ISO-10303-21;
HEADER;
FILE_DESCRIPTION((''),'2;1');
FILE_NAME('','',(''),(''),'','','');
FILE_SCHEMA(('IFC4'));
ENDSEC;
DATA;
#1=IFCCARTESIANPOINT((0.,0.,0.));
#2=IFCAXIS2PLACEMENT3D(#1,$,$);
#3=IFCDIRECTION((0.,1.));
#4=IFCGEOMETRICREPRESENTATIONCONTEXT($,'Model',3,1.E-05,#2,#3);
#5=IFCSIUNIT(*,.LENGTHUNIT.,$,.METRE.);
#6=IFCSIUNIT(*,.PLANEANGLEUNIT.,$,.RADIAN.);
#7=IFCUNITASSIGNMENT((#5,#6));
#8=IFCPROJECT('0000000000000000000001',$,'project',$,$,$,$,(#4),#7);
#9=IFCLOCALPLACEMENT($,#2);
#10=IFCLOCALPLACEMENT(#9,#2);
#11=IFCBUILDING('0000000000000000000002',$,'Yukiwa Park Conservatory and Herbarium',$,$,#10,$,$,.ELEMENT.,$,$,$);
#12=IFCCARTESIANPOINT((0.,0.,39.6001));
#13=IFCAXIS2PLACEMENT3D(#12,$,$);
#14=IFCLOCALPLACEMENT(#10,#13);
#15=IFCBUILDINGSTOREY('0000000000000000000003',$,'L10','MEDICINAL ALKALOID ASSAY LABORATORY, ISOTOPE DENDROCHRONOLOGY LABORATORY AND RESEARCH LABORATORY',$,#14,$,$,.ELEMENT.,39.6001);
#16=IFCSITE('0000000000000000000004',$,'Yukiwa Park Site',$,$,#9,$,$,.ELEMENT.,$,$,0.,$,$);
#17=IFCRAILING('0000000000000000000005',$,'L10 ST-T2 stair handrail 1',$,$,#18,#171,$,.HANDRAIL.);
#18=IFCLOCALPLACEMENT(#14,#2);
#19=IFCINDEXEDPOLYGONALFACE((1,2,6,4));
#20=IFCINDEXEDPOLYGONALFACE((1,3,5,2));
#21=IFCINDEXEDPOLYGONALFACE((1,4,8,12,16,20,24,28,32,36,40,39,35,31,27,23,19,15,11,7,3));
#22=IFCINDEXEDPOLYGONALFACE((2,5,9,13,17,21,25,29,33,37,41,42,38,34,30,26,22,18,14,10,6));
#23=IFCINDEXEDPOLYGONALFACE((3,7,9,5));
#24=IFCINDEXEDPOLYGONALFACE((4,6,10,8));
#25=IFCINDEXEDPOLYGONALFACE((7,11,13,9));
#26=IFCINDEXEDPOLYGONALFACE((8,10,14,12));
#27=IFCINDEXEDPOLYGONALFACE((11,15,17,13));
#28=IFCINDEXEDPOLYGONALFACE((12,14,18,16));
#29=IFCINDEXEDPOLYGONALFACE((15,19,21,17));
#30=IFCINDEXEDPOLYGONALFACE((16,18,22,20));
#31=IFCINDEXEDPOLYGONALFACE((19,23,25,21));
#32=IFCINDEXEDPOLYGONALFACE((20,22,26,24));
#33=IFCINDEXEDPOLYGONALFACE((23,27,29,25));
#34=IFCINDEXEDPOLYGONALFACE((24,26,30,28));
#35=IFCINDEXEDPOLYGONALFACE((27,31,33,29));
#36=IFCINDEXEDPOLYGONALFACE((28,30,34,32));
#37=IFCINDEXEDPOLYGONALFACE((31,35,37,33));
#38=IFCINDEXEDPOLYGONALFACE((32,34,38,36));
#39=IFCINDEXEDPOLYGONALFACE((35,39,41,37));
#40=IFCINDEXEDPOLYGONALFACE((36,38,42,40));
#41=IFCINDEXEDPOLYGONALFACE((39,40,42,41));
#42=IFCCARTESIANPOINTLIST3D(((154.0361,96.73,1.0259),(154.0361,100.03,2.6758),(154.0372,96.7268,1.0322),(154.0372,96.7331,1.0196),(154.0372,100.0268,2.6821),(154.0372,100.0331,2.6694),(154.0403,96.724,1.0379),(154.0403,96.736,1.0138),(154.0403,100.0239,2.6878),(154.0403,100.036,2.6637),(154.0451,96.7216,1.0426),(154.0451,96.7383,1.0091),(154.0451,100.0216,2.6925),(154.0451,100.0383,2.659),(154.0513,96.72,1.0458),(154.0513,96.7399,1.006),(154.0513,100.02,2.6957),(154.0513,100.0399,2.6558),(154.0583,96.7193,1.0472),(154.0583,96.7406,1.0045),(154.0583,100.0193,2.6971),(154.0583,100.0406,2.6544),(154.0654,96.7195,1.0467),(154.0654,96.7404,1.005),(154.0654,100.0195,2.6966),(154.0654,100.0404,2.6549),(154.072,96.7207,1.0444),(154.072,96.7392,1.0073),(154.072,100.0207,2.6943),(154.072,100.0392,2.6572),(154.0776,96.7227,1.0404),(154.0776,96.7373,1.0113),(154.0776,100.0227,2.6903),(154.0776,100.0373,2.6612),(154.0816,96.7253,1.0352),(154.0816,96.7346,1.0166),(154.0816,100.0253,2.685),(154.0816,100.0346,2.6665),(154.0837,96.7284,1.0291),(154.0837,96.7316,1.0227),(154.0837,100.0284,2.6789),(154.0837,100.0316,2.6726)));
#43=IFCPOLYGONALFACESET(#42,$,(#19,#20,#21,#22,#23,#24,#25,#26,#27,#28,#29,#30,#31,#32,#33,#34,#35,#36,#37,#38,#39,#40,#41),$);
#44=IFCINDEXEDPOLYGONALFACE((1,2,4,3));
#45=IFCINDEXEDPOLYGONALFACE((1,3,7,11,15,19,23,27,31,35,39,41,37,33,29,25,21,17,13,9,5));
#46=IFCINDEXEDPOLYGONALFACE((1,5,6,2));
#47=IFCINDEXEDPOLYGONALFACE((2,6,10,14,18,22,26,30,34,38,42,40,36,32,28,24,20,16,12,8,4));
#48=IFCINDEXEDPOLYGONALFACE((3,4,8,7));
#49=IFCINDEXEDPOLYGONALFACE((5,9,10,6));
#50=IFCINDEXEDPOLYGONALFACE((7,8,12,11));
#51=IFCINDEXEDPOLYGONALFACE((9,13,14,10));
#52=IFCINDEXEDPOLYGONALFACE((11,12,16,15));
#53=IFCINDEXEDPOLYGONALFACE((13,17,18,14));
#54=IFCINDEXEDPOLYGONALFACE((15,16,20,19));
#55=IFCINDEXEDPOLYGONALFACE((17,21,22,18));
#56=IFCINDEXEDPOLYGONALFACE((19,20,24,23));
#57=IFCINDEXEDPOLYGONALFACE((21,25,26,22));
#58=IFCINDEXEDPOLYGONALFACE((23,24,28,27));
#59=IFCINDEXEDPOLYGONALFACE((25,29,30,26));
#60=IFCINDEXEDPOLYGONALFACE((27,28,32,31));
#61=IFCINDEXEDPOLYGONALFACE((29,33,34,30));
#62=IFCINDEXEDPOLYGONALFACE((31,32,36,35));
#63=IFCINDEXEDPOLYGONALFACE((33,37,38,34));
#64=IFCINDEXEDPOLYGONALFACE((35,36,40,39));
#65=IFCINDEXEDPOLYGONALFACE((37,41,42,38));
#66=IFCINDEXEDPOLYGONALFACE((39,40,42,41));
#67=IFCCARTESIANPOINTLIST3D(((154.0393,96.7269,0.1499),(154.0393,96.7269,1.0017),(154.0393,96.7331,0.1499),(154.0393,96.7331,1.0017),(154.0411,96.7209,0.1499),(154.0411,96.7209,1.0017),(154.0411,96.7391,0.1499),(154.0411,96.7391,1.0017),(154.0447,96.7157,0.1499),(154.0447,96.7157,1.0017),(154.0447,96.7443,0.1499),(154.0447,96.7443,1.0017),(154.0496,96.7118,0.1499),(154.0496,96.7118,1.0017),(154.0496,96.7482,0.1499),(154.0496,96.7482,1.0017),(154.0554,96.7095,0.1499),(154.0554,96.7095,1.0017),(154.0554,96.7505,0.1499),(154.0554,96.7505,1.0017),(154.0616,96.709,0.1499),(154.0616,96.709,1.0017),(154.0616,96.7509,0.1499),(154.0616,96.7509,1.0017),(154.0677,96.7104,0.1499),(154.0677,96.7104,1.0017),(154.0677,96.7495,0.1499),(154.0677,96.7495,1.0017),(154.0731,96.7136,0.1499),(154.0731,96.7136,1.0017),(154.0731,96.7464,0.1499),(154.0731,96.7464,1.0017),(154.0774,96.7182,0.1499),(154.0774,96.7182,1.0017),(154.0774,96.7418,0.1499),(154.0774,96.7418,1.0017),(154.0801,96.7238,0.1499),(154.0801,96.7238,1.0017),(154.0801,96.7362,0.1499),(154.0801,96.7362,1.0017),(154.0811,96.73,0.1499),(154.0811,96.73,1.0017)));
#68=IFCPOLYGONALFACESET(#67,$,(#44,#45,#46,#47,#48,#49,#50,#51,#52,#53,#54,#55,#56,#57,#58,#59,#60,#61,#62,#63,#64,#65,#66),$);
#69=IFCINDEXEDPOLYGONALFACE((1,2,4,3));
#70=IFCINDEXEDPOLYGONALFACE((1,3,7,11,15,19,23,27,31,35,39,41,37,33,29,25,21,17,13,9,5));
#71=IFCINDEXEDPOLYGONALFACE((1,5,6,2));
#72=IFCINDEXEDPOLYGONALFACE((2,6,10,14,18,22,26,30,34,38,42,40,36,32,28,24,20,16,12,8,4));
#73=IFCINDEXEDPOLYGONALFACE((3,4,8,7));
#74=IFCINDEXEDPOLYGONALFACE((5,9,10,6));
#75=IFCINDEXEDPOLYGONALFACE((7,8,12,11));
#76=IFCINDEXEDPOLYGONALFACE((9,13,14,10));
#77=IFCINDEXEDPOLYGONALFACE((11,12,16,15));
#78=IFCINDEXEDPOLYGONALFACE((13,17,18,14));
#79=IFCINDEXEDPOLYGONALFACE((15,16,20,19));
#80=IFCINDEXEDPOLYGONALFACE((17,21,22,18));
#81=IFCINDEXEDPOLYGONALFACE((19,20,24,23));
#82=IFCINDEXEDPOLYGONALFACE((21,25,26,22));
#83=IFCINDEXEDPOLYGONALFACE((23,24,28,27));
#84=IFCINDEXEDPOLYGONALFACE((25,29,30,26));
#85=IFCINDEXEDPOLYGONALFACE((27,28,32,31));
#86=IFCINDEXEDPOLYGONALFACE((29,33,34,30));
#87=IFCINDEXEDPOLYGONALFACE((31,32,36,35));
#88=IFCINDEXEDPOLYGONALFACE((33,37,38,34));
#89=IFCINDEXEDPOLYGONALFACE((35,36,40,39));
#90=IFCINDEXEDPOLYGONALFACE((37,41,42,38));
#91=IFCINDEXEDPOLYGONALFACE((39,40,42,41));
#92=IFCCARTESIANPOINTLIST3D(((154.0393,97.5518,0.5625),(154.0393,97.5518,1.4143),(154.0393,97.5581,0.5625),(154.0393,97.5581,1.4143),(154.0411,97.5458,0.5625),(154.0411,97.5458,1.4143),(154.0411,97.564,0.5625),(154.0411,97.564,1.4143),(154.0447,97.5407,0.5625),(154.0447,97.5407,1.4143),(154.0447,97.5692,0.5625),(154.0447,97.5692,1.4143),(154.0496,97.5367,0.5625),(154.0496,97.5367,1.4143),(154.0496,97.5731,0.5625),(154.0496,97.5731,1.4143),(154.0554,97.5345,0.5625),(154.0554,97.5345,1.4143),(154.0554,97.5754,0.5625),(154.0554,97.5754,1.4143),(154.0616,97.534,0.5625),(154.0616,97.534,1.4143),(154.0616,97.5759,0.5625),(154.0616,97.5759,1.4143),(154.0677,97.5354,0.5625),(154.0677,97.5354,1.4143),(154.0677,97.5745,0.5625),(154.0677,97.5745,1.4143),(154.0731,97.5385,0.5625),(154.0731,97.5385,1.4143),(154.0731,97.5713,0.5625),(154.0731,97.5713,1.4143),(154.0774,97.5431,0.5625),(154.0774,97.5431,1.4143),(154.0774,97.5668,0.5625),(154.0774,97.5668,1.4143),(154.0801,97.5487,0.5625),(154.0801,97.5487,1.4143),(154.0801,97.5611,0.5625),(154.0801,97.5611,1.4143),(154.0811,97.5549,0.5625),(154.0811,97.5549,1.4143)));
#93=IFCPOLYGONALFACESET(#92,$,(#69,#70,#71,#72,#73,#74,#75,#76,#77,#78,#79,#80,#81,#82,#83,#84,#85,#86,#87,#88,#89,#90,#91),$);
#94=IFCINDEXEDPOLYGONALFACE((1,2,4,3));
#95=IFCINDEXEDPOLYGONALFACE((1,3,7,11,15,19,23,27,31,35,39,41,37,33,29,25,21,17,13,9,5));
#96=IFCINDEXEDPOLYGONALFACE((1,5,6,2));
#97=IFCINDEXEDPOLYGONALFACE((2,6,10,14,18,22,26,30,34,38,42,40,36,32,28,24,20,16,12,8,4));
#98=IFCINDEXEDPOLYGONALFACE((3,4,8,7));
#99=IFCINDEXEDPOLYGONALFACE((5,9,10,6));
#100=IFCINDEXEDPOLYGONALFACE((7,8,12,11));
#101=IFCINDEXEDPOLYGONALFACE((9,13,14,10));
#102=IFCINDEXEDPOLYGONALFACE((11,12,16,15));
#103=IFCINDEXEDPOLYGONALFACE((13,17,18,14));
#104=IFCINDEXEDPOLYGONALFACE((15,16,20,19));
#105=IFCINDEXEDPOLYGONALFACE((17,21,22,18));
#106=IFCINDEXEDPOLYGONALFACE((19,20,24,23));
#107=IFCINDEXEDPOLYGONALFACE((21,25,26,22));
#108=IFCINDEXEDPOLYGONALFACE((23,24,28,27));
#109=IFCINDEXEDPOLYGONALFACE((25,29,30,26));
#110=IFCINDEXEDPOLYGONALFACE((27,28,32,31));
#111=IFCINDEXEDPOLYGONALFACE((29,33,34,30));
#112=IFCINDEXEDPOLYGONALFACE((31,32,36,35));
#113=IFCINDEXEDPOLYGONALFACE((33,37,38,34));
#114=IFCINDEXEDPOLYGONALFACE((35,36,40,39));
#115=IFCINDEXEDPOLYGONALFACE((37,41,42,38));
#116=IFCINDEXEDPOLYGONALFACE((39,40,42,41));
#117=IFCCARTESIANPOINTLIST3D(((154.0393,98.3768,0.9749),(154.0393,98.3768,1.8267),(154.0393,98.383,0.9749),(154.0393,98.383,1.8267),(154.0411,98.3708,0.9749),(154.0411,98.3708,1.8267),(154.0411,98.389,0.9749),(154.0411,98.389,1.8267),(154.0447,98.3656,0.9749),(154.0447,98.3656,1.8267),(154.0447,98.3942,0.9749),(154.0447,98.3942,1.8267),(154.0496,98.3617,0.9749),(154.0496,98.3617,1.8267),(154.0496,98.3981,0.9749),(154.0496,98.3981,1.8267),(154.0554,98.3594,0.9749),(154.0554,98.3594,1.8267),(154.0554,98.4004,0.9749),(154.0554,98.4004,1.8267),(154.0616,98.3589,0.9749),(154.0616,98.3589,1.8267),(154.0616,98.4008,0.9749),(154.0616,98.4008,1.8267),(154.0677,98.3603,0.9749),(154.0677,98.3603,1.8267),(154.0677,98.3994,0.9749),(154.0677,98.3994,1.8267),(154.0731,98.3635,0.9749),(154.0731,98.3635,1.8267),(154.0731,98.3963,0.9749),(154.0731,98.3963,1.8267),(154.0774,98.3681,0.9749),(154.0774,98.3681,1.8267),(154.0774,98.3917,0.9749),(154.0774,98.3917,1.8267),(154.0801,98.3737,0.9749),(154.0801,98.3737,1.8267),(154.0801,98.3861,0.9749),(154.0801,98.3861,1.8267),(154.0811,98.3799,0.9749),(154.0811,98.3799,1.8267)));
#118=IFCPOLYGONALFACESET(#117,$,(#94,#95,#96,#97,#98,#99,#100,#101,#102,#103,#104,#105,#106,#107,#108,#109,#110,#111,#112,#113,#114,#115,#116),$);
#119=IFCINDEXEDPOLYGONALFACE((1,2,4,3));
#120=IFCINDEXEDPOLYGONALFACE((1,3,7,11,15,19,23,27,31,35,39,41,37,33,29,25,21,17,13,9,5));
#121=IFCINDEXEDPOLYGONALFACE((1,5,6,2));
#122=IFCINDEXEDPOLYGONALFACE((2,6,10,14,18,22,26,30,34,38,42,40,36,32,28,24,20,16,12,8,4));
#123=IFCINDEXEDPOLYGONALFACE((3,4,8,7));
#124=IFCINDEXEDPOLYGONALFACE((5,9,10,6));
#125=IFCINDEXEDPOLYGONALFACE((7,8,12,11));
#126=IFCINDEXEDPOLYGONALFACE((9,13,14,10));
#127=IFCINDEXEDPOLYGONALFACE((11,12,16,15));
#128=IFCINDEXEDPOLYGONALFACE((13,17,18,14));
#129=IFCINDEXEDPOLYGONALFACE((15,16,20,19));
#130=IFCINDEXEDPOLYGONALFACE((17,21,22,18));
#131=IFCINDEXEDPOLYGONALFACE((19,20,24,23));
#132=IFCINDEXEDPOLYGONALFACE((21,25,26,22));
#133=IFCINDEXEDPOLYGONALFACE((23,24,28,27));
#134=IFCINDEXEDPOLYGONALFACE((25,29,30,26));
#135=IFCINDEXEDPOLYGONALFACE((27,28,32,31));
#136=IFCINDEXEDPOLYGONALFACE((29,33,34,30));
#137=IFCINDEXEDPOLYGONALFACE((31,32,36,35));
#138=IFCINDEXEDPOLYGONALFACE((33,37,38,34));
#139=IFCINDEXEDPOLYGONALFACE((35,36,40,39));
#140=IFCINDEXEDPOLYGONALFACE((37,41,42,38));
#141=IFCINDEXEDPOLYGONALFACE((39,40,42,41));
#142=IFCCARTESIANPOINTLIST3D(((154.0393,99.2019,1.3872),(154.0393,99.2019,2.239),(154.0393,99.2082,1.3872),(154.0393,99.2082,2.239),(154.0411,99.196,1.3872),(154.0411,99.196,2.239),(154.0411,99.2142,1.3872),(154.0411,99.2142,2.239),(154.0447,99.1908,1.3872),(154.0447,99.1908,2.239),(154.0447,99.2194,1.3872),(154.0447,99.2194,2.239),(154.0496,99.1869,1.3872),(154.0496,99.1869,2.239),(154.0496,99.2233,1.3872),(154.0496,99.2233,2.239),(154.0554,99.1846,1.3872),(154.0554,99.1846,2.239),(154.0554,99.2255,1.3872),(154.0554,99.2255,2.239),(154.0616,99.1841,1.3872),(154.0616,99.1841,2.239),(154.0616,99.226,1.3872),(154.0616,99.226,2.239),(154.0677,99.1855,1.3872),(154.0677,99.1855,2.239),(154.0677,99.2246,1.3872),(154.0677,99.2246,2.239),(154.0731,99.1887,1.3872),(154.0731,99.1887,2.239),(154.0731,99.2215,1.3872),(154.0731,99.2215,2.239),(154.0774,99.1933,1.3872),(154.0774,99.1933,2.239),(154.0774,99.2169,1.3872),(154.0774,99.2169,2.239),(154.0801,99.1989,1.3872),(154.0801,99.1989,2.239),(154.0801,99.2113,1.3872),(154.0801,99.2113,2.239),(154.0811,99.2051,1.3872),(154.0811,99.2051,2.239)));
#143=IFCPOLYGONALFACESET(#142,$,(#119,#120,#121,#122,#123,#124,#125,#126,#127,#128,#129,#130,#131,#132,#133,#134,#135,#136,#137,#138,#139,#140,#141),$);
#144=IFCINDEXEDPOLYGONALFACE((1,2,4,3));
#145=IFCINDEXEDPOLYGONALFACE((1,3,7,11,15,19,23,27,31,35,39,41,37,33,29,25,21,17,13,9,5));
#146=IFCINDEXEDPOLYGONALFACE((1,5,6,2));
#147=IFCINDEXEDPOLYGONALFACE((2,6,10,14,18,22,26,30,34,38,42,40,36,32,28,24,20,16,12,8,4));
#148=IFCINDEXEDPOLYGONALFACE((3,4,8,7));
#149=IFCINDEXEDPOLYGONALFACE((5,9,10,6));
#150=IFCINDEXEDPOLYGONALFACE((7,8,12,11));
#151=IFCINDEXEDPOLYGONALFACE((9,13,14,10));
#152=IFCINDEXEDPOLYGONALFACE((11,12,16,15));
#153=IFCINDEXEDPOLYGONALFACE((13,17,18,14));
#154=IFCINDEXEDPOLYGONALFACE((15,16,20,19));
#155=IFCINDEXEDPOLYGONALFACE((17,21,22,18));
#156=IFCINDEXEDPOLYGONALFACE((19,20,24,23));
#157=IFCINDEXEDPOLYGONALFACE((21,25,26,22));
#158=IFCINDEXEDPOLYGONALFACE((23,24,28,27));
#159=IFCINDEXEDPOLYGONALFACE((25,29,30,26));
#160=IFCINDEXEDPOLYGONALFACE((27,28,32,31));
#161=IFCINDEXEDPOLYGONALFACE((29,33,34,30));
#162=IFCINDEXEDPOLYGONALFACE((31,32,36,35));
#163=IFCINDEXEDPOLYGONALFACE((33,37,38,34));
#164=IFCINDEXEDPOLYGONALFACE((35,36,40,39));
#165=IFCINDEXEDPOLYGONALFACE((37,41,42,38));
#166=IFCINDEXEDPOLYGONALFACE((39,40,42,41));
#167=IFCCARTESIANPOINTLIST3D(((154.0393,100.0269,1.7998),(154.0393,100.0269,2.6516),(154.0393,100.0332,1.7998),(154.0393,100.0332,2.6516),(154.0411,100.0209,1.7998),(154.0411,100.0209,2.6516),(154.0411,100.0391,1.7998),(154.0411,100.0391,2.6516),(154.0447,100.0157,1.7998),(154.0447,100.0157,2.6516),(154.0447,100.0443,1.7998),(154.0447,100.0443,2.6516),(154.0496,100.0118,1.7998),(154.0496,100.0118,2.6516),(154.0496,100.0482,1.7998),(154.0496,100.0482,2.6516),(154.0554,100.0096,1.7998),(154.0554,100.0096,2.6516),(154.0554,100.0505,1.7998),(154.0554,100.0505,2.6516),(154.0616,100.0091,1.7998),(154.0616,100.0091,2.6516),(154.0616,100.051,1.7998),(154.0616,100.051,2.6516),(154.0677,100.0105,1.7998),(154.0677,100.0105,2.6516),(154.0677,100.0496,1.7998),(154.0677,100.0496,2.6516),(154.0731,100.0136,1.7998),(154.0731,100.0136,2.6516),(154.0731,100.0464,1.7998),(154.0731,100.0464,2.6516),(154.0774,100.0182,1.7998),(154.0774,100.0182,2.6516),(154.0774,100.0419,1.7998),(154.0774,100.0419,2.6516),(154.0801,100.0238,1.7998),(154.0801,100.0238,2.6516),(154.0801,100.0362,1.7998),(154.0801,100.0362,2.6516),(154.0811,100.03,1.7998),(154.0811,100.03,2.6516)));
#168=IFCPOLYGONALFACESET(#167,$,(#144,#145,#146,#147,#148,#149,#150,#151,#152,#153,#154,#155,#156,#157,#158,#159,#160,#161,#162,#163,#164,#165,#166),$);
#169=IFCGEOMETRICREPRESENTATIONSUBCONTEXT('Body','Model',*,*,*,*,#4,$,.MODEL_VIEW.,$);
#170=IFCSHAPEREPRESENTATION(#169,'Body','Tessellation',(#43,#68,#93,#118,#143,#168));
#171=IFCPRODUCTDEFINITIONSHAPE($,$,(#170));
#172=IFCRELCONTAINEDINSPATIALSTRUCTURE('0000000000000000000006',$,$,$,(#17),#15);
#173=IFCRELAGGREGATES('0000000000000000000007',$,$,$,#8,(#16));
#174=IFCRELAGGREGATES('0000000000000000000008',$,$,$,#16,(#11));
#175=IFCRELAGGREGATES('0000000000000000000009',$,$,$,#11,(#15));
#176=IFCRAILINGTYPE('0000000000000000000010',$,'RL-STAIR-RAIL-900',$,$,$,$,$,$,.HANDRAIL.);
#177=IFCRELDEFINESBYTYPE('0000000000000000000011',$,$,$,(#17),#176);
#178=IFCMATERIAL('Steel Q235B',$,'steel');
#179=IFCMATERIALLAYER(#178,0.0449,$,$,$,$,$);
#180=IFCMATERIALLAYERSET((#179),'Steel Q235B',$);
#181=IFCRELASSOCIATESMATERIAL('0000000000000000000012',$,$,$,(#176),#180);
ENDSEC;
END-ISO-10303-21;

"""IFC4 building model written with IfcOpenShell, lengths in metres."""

from ifc_helpers import new_model, si_unit, direction, frame, origin, origin_2d, place, context, subcontext, project, spatial, circle, extrude, material, layer, layer_set, type_object, element, save


model = new_model("IFC4")

# Units and contexts
model_context = context("Model", 3, precision=1e-05, world=origin(), true_north=direction((0.0, 1.0)))
body_context = subcontext(model_context, "Body", "Model", "MODEL_VIEW")
ifc_project = project(units=[si_unit("LENGTHUNIT", "METRE"), si_unit("PLANEANGLEUNIT", "RADIAN")], contexts=[model_context])

# Site, building, storey
site_placement = place(None, origin())
site = spatial("IfcSite", under=ifc_project, at=site_placement, Name="Yukiwa Park Site", CompositionType="ELEMENT", RefElevation=0.0)
building_placement = place(site_placement, origin())
building = spatial("IfcBuilding", under=site, at=building_placement, Name="Yukiwa Park Conservatory and Herbarium", CompositionType="ELEMENT")
storey_placement = place(building_placement, frame((0.0, 0.0, 39.6001)))
storey = spatial("IfcBuildingStorey", under=building, at=storey_placement, Name="L10", Description="MEDICINAL ALKALOID ASSAY LABORATORY, ISOTOPE DENDROCHRONOLOGY LABORATORY AND RESEARCH LABORATORY", CompositionType="ELEMENT", Elevation=39.6001)

# Railing
ifc_material_1 = material(Name="Steel Q235B", Category="steel")
ifc_layer_1 = layer(ifc_material_1, 0.0449)
ifc_layer_set_1 = layer_set([ifc_layer_1], Name="Steel Q235B")
railing_type_1 = type_object("IfcRailingType", Name="RL-STAIR-RAIL-900", PredefinedType="HANDRAIL", material=ifc_layer_set_1)
railing_1_placement = place(storey_placement, frame((154.0601, 96.73, 0.1499)))
element("IfcRailing", 1, at=railing_1_placement, inside=storey, type_object=railing_type_1, Name="L10 ST-T2 stair handrail 1", PredefinedType="HANDRAIL", context=body_context, shape_type="SweptSolid", body=[
    extrude(circle(Radius=0.0239, at=origin_2d()), frame((0.0, 0.0, 0.876), z_axis=(0.0, 0.89444, 0.447187), x_axis=(-1.0, 0.0, 0.0)), (0.0, 0.0, 1.0), 3.6895),
    extrude(circle(Radius=0.021, at=origin_2d()), origin(), (0.0, 0.0, 1.0), 0.8518),
    extrude(circle(Radius=0.021, at=origin_2d()), frame((0.0, 0.825, 0.4126)), (0.0, 0.0, 1.0), 0.8518),
    extrude(circle(Radius=0.021, at=origin_2d()), frame((0.0, 1.6499, 0.825)), (0.0, 0.0, 1.0), 0.8518),
    extrude(circle(Radius=0.021, at=origin_2d()), frame((0.0, 2.4751, 1.2373)), (0.0, 0.0, 1.0), 0.8518),
    extrude(circle(Radius=0.021, at=origin_2d()), frame((0.0, 3.3, 1.6499)), (0.0, 0.0, 1.0), 0.8518),
])

save(model, "model.ifc")
